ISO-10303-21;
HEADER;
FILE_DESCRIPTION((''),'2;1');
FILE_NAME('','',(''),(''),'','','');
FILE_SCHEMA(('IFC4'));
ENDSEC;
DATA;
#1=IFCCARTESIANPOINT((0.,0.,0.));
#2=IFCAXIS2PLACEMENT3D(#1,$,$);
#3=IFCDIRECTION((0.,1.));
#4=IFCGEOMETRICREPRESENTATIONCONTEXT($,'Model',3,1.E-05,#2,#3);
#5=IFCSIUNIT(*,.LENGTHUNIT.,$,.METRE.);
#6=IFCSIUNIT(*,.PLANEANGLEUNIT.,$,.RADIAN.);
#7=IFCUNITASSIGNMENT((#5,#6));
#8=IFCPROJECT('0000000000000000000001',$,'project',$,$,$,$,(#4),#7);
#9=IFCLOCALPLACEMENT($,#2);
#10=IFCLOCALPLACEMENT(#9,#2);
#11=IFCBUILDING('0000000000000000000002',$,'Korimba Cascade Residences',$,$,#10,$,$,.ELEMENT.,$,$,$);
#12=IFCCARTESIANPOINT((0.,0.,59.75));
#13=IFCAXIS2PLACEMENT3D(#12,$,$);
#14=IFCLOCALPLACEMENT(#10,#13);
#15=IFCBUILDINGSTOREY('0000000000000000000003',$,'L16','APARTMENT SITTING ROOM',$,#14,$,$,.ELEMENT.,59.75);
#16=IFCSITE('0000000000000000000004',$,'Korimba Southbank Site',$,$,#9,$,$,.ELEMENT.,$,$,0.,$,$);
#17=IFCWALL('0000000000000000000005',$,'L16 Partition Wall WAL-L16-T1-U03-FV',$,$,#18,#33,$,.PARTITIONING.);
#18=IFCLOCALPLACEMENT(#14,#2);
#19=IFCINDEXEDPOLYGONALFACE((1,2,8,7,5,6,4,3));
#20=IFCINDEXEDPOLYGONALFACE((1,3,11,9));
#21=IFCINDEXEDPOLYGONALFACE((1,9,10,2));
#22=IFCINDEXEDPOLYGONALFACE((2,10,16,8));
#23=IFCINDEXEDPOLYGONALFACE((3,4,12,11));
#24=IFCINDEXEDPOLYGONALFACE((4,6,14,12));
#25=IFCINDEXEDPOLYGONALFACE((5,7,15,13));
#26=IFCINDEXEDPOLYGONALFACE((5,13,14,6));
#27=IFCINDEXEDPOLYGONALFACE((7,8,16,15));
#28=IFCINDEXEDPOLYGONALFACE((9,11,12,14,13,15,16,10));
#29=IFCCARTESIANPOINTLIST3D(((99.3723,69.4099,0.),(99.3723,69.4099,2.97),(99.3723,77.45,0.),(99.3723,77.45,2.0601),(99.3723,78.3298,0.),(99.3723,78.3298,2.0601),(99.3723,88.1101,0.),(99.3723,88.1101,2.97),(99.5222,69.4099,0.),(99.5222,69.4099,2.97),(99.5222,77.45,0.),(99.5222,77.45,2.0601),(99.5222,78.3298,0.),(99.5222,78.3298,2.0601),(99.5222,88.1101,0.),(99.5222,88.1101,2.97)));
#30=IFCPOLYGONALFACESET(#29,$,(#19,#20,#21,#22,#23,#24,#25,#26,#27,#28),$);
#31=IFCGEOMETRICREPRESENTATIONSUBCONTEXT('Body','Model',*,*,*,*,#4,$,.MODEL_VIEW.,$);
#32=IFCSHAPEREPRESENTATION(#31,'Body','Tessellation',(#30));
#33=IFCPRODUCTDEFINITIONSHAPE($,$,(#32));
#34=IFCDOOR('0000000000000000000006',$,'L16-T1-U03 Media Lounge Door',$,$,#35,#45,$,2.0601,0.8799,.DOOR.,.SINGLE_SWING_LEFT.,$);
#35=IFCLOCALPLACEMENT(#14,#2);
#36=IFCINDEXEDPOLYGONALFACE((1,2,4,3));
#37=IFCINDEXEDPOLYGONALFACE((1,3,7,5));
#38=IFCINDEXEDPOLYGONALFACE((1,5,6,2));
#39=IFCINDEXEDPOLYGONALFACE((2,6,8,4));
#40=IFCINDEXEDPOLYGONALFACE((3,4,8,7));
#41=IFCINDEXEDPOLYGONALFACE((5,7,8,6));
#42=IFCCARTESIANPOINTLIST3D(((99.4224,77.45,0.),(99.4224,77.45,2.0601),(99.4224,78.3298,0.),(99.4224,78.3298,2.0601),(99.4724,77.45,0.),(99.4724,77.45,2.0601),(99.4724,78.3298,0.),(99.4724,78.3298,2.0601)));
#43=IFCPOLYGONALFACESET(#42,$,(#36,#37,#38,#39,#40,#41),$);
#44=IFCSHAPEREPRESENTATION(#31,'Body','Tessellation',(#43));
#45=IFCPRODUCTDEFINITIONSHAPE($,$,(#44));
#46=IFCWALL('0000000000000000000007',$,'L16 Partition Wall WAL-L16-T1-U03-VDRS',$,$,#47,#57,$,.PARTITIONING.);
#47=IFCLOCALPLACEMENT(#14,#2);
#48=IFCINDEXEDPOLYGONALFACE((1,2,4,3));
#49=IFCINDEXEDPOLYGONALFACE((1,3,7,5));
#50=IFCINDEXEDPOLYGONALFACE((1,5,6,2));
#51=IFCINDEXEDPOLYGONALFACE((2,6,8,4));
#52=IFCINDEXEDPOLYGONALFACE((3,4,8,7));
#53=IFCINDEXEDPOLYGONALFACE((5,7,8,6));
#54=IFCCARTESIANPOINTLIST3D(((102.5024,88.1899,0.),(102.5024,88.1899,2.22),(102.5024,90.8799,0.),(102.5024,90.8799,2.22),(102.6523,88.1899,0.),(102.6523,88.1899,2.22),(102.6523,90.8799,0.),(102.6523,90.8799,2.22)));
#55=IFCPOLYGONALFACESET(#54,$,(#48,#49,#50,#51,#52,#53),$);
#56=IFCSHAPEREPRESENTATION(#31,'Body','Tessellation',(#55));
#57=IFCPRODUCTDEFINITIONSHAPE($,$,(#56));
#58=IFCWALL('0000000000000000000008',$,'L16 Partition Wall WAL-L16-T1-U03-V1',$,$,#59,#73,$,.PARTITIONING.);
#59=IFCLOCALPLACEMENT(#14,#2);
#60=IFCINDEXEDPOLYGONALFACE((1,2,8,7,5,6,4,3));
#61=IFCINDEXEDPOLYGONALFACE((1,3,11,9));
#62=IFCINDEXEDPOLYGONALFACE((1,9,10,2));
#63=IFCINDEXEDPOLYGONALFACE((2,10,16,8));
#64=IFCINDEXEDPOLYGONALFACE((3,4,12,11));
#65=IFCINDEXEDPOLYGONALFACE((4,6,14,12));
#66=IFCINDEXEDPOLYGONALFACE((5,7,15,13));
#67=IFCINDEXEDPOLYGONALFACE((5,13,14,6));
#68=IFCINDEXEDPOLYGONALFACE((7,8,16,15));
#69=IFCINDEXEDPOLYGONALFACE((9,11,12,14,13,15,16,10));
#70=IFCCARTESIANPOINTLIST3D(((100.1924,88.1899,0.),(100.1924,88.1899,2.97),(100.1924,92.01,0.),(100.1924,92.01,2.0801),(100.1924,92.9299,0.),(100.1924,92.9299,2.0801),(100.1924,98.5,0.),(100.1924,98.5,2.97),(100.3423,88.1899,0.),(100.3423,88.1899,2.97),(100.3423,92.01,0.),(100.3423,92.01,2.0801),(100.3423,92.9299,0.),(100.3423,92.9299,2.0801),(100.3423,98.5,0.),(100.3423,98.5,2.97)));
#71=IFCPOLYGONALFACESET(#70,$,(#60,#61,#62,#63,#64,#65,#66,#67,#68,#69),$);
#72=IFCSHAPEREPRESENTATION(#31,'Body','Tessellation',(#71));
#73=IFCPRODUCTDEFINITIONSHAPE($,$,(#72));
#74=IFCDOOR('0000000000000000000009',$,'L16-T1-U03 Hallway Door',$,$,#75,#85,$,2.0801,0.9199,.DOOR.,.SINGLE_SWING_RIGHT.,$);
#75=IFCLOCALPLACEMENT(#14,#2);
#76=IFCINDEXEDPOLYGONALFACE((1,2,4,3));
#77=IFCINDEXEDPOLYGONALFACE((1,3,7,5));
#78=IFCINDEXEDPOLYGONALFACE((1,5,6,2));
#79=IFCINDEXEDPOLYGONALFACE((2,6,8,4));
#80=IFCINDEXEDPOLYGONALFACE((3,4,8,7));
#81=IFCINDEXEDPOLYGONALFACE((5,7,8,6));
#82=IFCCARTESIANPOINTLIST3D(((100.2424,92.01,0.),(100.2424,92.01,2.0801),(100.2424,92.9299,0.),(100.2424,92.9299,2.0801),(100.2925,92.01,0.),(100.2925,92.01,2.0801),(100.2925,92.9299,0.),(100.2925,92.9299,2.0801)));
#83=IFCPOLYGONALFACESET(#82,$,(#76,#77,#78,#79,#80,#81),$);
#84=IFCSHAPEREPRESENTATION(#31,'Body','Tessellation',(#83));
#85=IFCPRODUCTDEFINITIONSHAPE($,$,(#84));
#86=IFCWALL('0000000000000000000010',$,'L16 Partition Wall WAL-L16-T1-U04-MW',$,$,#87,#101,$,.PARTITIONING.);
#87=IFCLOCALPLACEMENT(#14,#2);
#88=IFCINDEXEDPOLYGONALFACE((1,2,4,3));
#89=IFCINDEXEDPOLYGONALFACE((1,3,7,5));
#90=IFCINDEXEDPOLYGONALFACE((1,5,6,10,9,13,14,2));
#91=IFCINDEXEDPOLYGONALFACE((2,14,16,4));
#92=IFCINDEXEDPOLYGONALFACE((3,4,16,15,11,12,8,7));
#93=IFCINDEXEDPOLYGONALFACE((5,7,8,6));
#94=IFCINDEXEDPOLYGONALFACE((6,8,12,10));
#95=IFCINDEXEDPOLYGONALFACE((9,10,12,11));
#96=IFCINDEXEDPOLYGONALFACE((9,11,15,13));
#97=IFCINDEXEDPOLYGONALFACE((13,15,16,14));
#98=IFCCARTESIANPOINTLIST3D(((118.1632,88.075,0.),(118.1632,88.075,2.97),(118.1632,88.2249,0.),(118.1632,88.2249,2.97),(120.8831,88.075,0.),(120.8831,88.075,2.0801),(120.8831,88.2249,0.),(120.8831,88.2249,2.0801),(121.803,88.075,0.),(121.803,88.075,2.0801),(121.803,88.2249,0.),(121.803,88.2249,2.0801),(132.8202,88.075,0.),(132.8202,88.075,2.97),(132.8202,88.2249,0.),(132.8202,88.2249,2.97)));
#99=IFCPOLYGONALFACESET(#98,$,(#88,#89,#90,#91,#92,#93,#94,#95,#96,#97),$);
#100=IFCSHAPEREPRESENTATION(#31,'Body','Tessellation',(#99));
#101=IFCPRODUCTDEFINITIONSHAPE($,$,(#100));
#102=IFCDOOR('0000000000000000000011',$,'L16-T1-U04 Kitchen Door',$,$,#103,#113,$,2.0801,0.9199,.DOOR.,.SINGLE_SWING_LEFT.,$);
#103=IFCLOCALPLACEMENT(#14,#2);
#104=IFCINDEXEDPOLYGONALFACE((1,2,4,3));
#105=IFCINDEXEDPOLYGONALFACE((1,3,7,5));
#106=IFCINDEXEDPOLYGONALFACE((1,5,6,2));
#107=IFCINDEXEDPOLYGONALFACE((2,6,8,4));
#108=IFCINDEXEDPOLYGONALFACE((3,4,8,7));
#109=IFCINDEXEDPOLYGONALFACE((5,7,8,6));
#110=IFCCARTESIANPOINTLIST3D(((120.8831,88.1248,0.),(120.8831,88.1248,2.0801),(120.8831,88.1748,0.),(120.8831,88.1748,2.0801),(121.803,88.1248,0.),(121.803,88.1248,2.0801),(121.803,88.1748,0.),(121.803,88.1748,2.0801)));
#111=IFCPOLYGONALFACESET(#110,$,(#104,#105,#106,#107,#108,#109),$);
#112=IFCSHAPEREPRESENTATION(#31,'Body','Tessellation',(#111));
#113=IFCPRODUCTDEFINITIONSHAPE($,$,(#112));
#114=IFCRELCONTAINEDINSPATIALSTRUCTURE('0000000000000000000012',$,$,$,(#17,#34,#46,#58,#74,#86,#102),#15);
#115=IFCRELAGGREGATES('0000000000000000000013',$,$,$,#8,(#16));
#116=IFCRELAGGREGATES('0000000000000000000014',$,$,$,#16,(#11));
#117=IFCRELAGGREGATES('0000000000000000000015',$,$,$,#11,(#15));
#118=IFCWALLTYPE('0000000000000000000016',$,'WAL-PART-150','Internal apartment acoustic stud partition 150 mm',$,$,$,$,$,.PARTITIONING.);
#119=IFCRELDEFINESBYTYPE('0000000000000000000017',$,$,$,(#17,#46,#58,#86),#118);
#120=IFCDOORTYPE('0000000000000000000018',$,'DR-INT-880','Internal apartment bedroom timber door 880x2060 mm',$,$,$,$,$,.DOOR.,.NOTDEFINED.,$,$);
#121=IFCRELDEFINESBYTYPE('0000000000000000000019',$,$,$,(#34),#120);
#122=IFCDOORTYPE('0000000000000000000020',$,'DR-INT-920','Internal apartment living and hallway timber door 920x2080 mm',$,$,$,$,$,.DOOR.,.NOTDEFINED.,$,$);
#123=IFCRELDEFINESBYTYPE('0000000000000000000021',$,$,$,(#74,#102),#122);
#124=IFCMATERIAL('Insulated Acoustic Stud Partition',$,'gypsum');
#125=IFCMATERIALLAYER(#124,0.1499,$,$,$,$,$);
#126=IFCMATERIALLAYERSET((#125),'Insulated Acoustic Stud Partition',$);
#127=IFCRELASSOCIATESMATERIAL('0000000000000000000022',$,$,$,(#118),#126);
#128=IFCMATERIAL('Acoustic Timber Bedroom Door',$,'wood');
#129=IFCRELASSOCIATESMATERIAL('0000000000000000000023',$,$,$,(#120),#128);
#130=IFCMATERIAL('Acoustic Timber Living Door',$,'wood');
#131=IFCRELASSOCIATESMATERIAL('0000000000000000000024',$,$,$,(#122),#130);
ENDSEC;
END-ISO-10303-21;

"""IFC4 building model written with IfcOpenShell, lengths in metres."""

from ifc_helpers import new_model, si_unit, direction, frame, frame_2d, origin, place, context, subcontext, project, spatial, rectangle, extrude, material, layer, layer_set, type_object, element, fill, save


model = new_model("IFC4")

# Units and contexts
model_context = context("Model", 3, precision=1e-05, world=origin(), true_north=direction((0.0, 1.0)))
body_context = subcontext(model_context, "Body", "Model", "MODEL_VIEW")
ifc_project = project(units=[si_unit("LENGTHUNIT", "METRE"), si_unit("PLANEANGLEUNIT", "RADIAN")], contexts=[model_context])

# Site, building, storey
site_placement = place(None, origin())
site = spatial("IfcSite", under=ifc_project, at=site_placement, Name="Korimba Southbank Site", CompositionType="ELEMENT", RefElevation=0.0)
building_placement = place(site_placement, origin())
building = spatial("IfcBuilding", under=site, at=building_placement, Name="Korimba Cascade Residences", CompositionType="ELEMENT")
storey_placement = place(building_placement, frame((0.0, 0.0, 59.75)))
storey = spatial("IfcBuildingStorey", under=building, at=storey_placement, Name="L16", Description="APARTMENT SITTING ROOM", CompositionType="ELEMENT", Elevation=59.75)

# Shared definitions
ifc_material_1 = material(Name="Insulated Acoustic Stud Partition", Category="gypsum")
ifc_layer_1 = layer(ifc_material_1, 0.1499)
ifc_layer_set_1 = layer_set([ifc_layer_1], Name="Insulated Acoustic Stud Partition")
wall_type_1 = type_object("IfcWallType", Name="WAL-PART-150", Description="Internal apartment acoustic stud partition 150 mm", PredefinedType="PARTITIONING", material=ifc_layer_set_1)
ifc_material_2 = material(Name="Acoustic Timber Bedroom Door", Category="wood")
door_type_1 = type_object("IfcDoorType", Name="DR-INT-880", Description="Internal apartment bedroom timber door 880x2060 mm", OperationType="NOTDEFINED", PredefinedType="DOOR", material=ifc_material_2)

# Wall, opening, door
wall_1_placement = place(storey_placement, frame((99.4473, 69.4099, 0.0), z_axis=(0.0, 0.0, 1.0), x_axis=(0.0, 1.0, 0.0)))
wall_1 = element("IfcWall", 1, at=wall_1_placement, inside=storey, type_object=wall_type_1, Name="L16 Partition Wall WAL-L16-T1-U03-FV", PredefinedType="PARTITIONING", context=body_context, shape_type="SweptSolid", body=[
    extrude(rectangle(XDim=18.7002, YDim=0.1499, at=frame_2d((9.3501, 0.0))), origin(), (0.0, 0.0, 1.0), 2.97),
])
opening_1_placement = place(wall_1_placement, frame((8.04, 0.0, 0.0)))
opening_1 = element("IfcOpeningElement", 2, at=opening_1_placement, cuts=wall_1, PredefinedType="OPENING", context=body_context, shape_type="SweptSolid", body=[
    extrude(rectangle(XDim=0.8799, YDim=2.0601, at=frame_2d((0.4399, 1.03))), frame((0.0, 0.085, 0.0), z_axis=(0.0, -1.0, 0.0), x_axis=(1.0, 0.0, 0.0)), (0.0, 0.0, 1.0), 0.1699),
])
door_1_placement = place(opening_1_placement, origin())
door_1 = element("IfcDoor", 3, at=door_1_placement, inside=storey, type_object=door_type_1, Name="L16-T1-U03 Media Lounge Door", OperationType="SINGLE_SWING_LEFT", OverallHeight=2.0601, OverallWidth=0.8799, PredefinedType="DOOR", context=body_context, shape_type="SweptSolid", body=[
    extrude(rectangle(XDim=0.8799, YDim=2.0601, at=frame_2d((0.4399, 1.03))), frame((0.0, 0.0249, 0.0), z_axis=(0.0, -1.0, 0.0), x_axis=(1.0, 0.0, 0.0)), (0.0, 0.0, 1.0), 0.05),
])
fill(opening_1, door_1)

# Wall
wall_2_placement = place(storey_placement, frame((102.5774, 88.1899, 0.0), z_axis=(0.0, 0.0, 1.0), x_axis=(0.0, 1.0, 0.0)))
element("IfcWall", 4, at=wall_2_placement, inside=storey, type_object=wall_type_1, Name="L16 Partition Wall WAL-L16-T1-U03-VDRS", PredefinedType="PARTITIONING", context=body_context, shape_type="SweptSolid", body=[
    extrude(rectangle(XDim=2.6899, YDim=0.1499, at=frame_2d((1.345, 0.0))), origin(), (0.0, 0.0, 1.0), 2.22),
])

# Walls, openings, doors
wall_3_placement = place(storey_placement, frame((100.2673, 88.1899, 0.0), z_axis=(0.0, 0.0, 1.0), x_axis=(0.0, 1.0, 0.0)))
wall_3 = element("IfcWall", 5, at=wall_3_placement, inside=storey, type_object=wall_type_1, Name="L16 Partition Wall WAL-L16-T1-U03-V1", PredefinedType="PARTITIONING", context=body_context, shape_type="SweptSolid", body=[
    extrude(rectangle(XDim=10.3101, YDim=0.1499, at=frame_2d((5.155, 0.0))), origin(), (0.0, 0.0, 1.0), 2.97),
])
opening_2_placement = place(wall_3_placement, frame((3.8201, 0.0, 0.0)))
opening_2 = element("IfcOpeningElement", 6, at=opening_2_placement, cuts=wall_3, PredefinedType="OPENING", context=body_context, shape_type="SweptSolid", body=[
    extrude(rectangle(XDim=0.9199, YDim=2.0801, at=frame_2d((0.46, 1.04))), frame((0.0, 0.085, 0.0), z_axis=(0.0, -1.0, 0.0), x_axis=(1.0, 0.0, 0.0)), (0.0, 0.0, 1.0), 0.1699),
])
ifc_material_3 = material(Name="Acoustic Timber Living Door", Category="wood")
door_type_2 = type_object("IfcDoorType", Name="DR-INT-920", Description="Internal apartment living and hallway timber door 920x2080 mm", OperationType="NOTDEFINED", PredefinedType="DOOR", material=ifc_material_3)
door_2_placement = place(opening_2_placement, origin())
door_2 = element("IfcDoor", 7, at=door_2_placement, inside=storey, type_object=door_type_2, Name="L16-T1-U03 Hallway Door", OperationType="SINGLE_SWING_RIGHT", OverallHeight=2.0801, OverallWidth=0.9199, PredefinedType="DOOR", context=body_context, shape_type="SweptSolid", body=[
    extrude(rectangle(XDim=0.9199, YDim=2.0801, at=frame_2d((0.46, 1.04))), frame((0.0, 0.0249, 0.0), z_axis=(0.0, -1.0, 0.0), x_axis=(1.0, 0.0, 0.0)), (0.0, 0.0, 1.0), 0.05),
])
fill(opening_2, door_2)
wall_4_placement = place(storey_placement, frame((118.1631, 88.1499, 0.0), z_axis=(0.0, 0.0, 1.0), x_axis=(1.0, 0.0, 0.0)))
wall_4 = element("IfcWall", 8, at=wall_4_placement, inside=storey, type_object=wall_type_1, Name="L16 Partition Wall WAL-L16-T1-U04-MW", PredefinedType="PARTITIONING", context=body_context, shape_type="SweptSolid", body=[
    extrude(rectangle(XDim=14.657, YDim=0.1499, at=frame_2d((7.3286, 0.0))), origin(), (0.0, 0.0, 1.0), 2.97),
])
opening_3_placement = place(wall_4_placement, frame((2.72, 0.0, 0.0)))
opening_3 = element("IfcOpeningElement", 9, at=opening_3_placement, cuts=wall_4, PredefinedType="OPENING", context=body_context, shape_type="SweptSolid", body=[
    extrude(rectangle(XDim=0.9199, YDim=2.0801, at=frame_2d((0.46, 1.04))), frame((0.0, 0.085, 0.0), z_axis=(0.0, -1.0, 0.0), x_axis=(1.0, 0.0, 0.0)), (0.0, 0.0, 1.0), 0.1699),
])
door_3_placement = place(opening_3_placement, origin())
door_3 = element("IfcDoor", 10, at=door_3_placement, inside=storey, type_object=door_type_2, Name="L16-T1-U04 Kitchen Door", OperationType="SINGLE_SWING_LEFT", OverallHeight=2.0801, OverallWidth=0.9199, PredefinedType="DOOR", context=body_context, shape_type="SweptSolid", body=[
    extrude(rectangle(XDim=0.9199, YDim=2.0801, at=frame_2d((0.46, 1.04))), frame((0.0, 0.0249, 0.0), z_axis=(0.0, -1.0, 0.0), x_axis=(1.0, 0.0, 0.0)), (0.0, 0.0, 1.0), 0.05),
])
fill(opening_3, door_3)

save(model, "model.ifc")
